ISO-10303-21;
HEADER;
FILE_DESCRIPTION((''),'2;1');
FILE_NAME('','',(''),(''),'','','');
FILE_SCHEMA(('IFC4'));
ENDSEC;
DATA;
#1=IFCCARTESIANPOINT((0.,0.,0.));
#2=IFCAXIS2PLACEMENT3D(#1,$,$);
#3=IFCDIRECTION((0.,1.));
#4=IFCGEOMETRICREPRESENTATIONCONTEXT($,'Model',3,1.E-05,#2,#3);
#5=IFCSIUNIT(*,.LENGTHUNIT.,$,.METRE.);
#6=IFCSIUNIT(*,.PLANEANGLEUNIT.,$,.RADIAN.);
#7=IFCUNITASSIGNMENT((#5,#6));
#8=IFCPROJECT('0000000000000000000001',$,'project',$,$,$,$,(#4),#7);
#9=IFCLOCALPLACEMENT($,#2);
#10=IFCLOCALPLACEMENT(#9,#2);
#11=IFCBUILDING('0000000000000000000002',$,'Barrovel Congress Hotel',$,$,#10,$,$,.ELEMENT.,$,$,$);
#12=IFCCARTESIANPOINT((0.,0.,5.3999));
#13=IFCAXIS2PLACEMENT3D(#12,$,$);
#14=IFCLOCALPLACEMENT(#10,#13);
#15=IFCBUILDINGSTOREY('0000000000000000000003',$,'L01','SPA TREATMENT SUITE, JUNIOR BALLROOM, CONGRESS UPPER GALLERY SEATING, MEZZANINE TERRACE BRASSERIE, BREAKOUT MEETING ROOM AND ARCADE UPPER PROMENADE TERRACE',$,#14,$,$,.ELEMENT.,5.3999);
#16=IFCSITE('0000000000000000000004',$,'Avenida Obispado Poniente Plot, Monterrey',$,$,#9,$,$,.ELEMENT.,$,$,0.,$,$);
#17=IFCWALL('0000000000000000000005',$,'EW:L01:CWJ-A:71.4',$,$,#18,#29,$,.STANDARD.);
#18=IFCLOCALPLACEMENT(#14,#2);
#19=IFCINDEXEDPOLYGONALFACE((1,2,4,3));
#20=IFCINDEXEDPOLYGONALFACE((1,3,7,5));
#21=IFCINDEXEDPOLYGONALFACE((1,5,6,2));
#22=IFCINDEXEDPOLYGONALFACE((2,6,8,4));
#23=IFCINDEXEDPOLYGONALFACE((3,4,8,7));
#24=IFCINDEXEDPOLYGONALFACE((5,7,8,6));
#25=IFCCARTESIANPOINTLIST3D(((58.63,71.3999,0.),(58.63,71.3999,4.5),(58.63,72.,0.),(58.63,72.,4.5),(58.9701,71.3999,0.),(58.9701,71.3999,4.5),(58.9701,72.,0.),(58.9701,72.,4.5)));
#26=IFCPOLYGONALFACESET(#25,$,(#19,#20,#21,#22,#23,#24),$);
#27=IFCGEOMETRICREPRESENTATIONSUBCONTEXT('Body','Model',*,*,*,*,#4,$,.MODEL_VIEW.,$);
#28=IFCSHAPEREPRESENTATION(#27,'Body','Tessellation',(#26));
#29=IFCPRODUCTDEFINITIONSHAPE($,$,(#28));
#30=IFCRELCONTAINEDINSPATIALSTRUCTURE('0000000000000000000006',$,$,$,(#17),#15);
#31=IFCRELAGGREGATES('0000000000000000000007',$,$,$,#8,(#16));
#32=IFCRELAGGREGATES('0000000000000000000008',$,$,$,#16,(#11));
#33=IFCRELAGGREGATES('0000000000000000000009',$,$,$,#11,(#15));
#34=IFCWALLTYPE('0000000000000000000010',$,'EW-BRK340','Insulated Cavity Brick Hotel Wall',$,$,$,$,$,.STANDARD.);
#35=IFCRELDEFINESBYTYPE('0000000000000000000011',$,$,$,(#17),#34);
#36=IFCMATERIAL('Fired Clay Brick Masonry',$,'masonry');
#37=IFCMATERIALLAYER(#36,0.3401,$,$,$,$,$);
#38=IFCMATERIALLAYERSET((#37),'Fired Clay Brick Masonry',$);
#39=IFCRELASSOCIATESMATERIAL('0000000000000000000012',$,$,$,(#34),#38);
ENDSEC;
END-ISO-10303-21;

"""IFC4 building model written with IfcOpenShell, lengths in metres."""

from ifc_helpers import new_model, si_unit, direction, frame, frame_2d, origin, place, context, subcontext, project, spatial, rectangle, extrude, material, layer, layer_set, type_object, element, save


model = new_model("IFC4")

# Units and contexts
model_context = context("Model", 3, precision=1e-05, world=origin(), true_north=direction((0.0, 1.0)))
body_context = subcontext(model_context, "Body", "Model", "MODEL_VIEW")
ifc_project = project(units=[si_unit("LENGTHUNIT", "METRE"), si_unit("PLANEANGLEUNIT", "RADIAN")], contexts=[model_context])

# Site, building, storey
site_placement = place(None, origin())
site = spatial("IfcSite", under=ifc_project, at=site_placement, Name="Avenida Obispado Poniente Plot, Monterrey", CompositionType="ELEMENT", RefElevation=0.0)
building_placement = place(site_placement, origin())
building = spatial("IfcBuilding", under=site, at=building_placement, Name="Barrovel Congress Hotel", CompositionType="ELEMENT")
storey_placement = place(building_placement, frame((0.0, 0.0, 5.3999)))
storey = spatial("IfcBuildingStorey", under=building, at=storey_placement, Name="L01", Description="SPA TREATMENT SUITE, JUNIOR BALLROOM, CONGRESS UPPER GALLERY SEATING, MEZZANINE TERRACE BRASSERIE, BREAKOUT MEETING ROOM AND ARCADE UPPER PROMENADE TERRACE", CompositionType="ELEMENT", Elevation=5.3999)

# Wall
ifc_material_1 = material(Name="Fired Clay Brick Masonry", Category="masonry")
ifc_layer_1 = layer(ifc_material_1, 0.3401)
ifc_layer_set_1 = layer_set([ifc_layer_1], Name="Fired Clay Brick Masonry")
wall_type = type_object("IfcWallType", Name="EW-BRK340", Description="Insulated Cavity Brick Hotel Wall", PredefinedType="STANDARD", material=ifc_layer_set_1)
wall_1_placement = place(storey_placement, frame((58.8, 71.3999, 0.0), z_axis=(0.0, 0.0, 1.0), x_axis=(0.0, 1.0, 0.0)))
element("IfcWall", 1, at=wall_1_placement, inside=storey, type_object=wall_type, Name="EW:L01:CWJ-A:71.4", PredefinedType="STANDARD", context=body_context, shape_type="SweptSolid", body=[
    extrude(rectangle(XDim=0.6001, YDim=0.3401, at=frame_2d((0.3, 0.0))), origin(), (0.0, 0.0, 1.0), 4.5),
])

save(model, "model.ifc")
